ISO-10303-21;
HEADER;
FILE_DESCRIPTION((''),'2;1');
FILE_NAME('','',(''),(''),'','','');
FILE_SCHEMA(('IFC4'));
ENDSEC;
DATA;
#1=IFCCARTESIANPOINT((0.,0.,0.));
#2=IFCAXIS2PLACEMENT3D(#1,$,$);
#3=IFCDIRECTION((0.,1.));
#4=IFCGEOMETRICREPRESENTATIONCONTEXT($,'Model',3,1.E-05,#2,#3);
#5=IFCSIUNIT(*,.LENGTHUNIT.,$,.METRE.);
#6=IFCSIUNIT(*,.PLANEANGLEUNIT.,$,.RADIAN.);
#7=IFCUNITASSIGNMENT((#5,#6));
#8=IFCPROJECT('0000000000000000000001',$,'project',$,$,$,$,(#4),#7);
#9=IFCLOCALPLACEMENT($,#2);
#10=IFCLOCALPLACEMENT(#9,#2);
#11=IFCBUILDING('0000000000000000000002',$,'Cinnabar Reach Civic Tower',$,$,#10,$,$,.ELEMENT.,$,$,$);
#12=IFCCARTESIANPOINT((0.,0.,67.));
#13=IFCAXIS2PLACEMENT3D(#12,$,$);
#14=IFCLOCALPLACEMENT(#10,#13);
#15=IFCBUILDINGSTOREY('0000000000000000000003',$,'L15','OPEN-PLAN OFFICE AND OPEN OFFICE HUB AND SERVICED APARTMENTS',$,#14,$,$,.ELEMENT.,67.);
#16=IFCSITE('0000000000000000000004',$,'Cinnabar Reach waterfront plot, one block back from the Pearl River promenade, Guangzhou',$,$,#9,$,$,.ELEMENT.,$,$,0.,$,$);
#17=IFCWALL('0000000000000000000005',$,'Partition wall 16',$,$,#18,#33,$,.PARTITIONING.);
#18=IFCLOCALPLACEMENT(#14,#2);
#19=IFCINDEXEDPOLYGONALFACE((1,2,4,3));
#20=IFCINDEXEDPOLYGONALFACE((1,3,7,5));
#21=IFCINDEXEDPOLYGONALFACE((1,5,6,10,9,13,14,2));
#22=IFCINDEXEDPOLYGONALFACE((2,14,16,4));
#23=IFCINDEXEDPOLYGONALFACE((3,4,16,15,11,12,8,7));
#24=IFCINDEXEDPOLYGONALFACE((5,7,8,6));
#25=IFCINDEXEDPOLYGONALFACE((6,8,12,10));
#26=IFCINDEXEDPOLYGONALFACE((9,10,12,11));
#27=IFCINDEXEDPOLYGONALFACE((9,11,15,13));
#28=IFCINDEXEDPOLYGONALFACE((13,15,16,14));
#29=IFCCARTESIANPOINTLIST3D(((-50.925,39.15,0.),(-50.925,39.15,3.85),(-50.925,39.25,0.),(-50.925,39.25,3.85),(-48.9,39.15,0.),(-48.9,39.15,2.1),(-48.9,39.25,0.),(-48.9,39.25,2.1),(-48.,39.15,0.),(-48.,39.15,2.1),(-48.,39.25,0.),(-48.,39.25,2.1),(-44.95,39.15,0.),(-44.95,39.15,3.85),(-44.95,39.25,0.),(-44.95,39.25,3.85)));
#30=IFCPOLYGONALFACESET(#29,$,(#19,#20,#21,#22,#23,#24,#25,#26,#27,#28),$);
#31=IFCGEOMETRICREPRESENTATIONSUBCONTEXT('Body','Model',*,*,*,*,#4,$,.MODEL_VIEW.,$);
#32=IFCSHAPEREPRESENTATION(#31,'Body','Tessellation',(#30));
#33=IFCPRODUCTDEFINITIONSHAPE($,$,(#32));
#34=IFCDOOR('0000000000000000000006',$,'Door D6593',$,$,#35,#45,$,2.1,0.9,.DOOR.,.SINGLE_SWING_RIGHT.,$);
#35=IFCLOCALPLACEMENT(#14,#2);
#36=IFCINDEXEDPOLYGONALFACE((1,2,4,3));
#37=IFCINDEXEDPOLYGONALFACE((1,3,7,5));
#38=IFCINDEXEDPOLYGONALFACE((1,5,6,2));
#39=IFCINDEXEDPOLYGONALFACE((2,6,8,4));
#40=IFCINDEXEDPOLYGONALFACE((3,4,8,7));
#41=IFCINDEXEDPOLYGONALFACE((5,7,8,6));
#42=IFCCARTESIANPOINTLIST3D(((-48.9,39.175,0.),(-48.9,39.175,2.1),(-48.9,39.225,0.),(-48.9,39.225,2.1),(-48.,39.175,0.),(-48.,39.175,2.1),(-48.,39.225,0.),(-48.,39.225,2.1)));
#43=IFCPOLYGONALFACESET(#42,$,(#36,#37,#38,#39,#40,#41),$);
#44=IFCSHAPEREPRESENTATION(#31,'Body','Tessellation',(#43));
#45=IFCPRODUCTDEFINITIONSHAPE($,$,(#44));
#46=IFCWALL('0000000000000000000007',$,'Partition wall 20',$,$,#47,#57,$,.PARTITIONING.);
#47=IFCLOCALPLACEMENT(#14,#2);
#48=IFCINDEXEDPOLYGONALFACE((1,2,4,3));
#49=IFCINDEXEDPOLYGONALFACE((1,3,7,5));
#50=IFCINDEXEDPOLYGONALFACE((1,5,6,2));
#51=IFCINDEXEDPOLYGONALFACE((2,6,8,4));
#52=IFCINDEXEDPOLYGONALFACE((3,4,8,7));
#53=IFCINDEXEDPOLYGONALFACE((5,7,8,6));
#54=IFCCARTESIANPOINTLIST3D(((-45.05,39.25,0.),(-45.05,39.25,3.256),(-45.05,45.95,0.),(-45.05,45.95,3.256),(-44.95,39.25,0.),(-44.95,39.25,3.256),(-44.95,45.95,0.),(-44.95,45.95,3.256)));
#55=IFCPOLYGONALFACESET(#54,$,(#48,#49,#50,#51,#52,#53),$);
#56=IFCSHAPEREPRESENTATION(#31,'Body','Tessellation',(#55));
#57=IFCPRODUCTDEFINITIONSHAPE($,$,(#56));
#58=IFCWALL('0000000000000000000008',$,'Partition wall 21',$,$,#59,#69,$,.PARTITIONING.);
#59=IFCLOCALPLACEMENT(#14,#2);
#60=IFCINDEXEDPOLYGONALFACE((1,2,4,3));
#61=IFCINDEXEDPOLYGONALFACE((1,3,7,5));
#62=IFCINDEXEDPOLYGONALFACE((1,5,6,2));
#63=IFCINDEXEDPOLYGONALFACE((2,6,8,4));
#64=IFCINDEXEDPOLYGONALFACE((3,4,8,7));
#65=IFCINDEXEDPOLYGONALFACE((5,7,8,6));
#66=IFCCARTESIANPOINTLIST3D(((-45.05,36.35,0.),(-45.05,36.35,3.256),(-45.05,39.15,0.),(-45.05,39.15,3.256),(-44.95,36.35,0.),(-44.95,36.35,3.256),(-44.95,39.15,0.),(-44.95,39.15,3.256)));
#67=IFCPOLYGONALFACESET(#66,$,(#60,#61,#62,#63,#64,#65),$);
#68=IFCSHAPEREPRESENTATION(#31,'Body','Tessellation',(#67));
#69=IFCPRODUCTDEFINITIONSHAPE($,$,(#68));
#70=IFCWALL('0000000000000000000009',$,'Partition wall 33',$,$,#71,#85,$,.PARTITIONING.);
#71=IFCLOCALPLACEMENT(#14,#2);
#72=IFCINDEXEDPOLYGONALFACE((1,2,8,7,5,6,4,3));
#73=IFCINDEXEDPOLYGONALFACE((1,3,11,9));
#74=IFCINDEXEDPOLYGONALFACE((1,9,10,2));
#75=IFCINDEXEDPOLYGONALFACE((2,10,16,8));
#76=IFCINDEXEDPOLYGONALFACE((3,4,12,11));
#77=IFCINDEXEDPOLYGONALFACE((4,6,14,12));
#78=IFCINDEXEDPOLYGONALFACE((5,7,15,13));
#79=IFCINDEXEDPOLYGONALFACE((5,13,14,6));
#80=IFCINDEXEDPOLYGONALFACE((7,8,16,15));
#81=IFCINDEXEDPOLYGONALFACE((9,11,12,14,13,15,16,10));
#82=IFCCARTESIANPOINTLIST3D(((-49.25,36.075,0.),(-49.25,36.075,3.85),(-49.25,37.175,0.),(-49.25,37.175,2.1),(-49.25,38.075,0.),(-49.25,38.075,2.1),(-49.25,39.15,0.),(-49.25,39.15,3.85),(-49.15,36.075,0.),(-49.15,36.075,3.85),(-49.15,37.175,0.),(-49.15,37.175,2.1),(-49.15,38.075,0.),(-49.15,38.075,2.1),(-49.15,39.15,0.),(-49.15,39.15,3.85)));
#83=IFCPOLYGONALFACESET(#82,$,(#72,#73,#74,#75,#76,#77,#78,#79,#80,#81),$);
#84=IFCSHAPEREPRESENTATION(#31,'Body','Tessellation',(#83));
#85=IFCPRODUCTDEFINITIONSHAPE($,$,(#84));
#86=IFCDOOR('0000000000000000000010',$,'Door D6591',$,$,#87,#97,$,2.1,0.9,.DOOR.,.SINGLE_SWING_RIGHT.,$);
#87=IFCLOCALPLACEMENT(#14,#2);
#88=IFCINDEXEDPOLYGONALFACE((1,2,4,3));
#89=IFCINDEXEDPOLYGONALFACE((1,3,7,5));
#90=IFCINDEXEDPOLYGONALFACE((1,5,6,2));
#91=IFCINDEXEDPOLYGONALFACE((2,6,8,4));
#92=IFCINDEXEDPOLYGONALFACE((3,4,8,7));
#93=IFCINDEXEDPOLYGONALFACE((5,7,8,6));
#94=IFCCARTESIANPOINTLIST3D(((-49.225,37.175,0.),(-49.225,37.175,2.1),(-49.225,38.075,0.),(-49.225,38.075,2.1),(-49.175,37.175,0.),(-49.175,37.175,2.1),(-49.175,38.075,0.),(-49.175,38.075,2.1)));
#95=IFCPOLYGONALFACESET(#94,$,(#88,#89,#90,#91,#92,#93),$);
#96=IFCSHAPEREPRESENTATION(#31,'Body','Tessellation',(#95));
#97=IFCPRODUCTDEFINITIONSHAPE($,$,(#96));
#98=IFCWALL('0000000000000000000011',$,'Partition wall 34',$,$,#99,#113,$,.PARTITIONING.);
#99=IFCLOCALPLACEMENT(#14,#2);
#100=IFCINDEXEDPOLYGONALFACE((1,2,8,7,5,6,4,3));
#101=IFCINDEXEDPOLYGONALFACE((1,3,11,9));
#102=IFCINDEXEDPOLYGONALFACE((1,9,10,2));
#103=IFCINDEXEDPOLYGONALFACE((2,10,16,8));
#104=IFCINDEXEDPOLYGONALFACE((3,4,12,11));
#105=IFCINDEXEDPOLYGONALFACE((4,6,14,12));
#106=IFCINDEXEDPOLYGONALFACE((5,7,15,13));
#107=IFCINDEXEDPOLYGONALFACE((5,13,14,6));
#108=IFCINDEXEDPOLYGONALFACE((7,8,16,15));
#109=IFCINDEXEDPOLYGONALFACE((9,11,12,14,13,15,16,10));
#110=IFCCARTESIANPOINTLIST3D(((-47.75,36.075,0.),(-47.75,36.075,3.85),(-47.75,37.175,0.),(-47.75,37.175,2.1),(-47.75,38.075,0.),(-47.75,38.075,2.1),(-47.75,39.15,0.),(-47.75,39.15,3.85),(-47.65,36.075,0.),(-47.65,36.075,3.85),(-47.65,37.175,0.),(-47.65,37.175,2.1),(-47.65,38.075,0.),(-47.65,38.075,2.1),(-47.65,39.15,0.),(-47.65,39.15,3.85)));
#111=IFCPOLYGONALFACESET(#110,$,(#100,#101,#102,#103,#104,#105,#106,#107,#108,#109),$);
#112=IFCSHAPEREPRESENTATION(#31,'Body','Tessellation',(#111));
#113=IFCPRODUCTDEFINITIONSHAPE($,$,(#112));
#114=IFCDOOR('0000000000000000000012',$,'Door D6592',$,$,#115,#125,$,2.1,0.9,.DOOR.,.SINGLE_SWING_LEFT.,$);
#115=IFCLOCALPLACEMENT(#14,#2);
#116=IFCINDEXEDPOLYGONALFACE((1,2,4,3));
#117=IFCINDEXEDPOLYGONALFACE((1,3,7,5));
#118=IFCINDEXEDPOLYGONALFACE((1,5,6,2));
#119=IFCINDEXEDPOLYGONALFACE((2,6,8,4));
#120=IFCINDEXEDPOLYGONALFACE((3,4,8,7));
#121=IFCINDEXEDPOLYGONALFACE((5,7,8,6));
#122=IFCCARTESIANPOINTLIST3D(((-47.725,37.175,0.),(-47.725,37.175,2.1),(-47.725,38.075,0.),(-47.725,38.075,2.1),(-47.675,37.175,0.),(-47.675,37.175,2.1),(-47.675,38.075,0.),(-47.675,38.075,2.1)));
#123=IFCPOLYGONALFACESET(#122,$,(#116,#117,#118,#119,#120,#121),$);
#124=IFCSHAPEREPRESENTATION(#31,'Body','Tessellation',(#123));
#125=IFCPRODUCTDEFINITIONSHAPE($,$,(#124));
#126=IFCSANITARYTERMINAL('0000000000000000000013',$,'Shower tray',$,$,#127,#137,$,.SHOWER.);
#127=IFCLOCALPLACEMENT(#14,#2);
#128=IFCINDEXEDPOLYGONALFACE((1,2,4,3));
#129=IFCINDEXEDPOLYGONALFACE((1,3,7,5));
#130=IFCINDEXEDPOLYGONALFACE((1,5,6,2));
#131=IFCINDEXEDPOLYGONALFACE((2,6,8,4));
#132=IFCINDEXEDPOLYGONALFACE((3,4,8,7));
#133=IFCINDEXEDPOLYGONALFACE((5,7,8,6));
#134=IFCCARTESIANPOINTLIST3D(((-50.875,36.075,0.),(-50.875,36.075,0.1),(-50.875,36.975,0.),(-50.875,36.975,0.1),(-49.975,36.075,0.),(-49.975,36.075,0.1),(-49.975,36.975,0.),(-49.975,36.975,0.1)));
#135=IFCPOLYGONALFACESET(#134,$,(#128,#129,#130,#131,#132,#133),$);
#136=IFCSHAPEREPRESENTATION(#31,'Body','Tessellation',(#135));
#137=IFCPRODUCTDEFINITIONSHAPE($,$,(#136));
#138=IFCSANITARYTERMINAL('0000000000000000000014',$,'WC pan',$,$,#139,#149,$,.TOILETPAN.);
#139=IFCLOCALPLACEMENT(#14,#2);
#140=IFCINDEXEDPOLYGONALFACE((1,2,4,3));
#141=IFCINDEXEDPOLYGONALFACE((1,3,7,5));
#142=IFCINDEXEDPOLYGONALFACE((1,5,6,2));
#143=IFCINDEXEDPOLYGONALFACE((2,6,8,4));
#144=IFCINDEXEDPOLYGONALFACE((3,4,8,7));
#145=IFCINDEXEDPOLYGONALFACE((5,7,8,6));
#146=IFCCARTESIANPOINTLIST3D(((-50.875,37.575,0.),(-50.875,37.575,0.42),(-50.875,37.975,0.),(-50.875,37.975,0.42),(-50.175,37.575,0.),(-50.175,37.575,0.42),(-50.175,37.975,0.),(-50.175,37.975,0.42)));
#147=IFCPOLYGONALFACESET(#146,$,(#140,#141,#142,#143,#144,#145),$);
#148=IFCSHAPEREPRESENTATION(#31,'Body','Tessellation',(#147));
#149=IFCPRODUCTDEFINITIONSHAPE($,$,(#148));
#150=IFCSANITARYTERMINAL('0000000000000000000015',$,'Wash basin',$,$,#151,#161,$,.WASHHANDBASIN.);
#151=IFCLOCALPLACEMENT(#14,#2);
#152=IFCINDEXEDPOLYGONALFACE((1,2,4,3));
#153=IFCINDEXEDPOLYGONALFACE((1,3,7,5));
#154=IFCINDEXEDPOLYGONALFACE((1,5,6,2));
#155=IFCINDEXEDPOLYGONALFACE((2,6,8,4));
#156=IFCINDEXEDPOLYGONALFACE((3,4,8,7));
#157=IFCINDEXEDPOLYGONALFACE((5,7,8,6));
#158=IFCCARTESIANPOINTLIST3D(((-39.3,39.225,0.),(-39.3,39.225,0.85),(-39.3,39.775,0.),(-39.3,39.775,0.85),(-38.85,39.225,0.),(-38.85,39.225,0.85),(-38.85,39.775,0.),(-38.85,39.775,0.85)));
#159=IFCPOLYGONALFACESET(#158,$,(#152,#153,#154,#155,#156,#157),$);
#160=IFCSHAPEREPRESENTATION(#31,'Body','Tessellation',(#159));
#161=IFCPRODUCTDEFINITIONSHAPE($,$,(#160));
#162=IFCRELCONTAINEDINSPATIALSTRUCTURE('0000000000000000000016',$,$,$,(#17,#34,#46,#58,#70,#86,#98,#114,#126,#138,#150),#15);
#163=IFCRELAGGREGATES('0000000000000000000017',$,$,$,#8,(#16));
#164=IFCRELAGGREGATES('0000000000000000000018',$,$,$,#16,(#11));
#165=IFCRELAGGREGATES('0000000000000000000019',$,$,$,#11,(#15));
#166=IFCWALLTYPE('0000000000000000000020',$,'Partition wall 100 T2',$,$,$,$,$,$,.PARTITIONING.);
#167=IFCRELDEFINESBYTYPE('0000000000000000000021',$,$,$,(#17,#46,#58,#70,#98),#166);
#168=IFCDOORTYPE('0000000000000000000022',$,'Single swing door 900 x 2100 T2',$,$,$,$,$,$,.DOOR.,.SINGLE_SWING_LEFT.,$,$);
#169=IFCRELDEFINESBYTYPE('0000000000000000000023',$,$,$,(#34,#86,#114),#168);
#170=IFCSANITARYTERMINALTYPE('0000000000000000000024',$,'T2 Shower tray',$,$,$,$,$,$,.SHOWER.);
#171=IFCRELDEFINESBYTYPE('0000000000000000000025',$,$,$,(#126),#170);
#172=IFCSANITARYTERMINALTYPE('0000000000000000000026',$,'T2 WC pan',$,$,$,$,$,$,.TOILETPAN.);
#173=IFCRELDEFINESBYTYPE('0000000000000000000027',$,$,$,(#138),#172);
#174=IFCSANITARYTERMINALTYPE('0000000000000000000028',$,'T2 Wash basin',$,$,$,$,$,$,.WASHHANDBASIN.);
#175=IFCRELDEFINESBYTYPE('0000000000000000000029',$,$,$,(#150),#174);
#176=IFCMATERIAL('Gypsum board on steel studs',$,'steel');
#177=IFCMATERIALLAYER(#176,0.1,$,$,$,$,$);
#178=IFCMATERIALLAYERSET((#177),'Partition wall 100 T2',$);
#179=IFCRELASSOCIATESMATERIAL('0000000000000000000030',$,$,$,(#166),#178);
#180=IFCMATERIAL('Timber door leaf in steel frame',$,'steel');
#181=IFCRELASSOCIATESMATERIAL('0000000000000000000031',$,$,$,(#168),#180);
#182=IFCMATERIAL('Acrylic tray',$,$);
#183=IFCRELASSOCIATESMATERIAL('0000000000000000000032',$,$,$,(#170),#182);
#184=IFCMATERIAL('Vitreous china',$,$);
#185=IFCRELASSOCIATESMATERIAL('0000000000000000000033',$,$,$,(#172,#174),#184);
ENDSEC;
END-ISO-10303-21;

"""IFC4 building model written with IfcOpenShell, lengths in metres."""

from ifc_helpers import new_model, si_unit, direction, frame, frame_2d, origin, origin_2d, place, context, subcontext, project, spatial, rectangle, extrude, material, layer, layer_set, type_object, element, fill, save


model = new_model("IFC4")

# Units and contexts
model_context = context("Model", 3, precision=1e-05, world=origin(), true_north=direction((0.0, 1.0)))
body_context = subcontext(model_context, "Body", "Model", "MODEL_VIEW")
ifc_project = project(units=[si_unit("LENGTHUNIT", "METRE"), si_unit("PLANEANGLEUNIT", "RADIAN")], contexts=[model_context])

# Site, building, storey
site_placement = place(None, origin())
site = spatial("IfcSite", under=ifc_project, at=site_placement, Name="Cinnabar Reach waterfront plot, one block back from the Pearl River promenade, Guangzhou", CompositionType="ELEMENT", RefElevation=0.0)
building_placement = place(site_placement, origin())
building = spatial("IfcBuilding", under=site, at=building_placement, Name="Cinnabar Reach Civic Tower", CompositionType="ELEMENT")
storey_placement = place(building_placement, frame((0.0, 0.0, 67.0)))
storey = spatial("IfcBuildingStorey", under=building, at=storey_placement, Name="L15", Description="OPEN-PLAN OFFICE AND OPEN OFFICE HUB AND SERVICED APARTMENTS", CompositionType="ELEMENT", Elevation=67.0)

# Wall, opening, door
ifc_material_1 = material(Name="Gypsum board on steel studs", Category="steel")
ifc_layer_1 = layer(ifc_material_1, 0.1)
ifc_layer_set_1 = layer_set([ifc_layer_1], Name="Partition wall 100 T2")
wall_type_1 = type_object("IfcWallType", Name="Partition wall 100 T2", PredefinedType="PARTITIONING", material=ifc_layer_set_1)
wall_1_placement = place(storey_placement, frame((-50.925, 39.2, 0.0), z_axis=(0.0, 0.0, 1.0), x_axis=(1.0, 0.0, 0.0)))
wall_1 = element("IfcWall", 1, at=wall_1_placement, inside=storey, type_object=wall_type_1, Name="Partition wall 16", PredefinedType="PARTITIONING", context=body_context, shape_type="SweptSolid", body=[
    extrude(rectangle(XDim=5.975, YDim=0.1, at=frame_2d((2.9875, 0.0))), origin(), (0.0, 0.0, 1.0), 3.85),
])
opening_1_placement = place(wall_1_placement, frame((2.025, 0.0, 0.0)))
opening_1 = element("IfcOpeningElement", 2, at=opening_1_placement, cuts=wall_1, PredefinedType="OPENING", context=body_context, shape_type="SweptSolid", body=[
    extrude(rectangle(XDim=0.9, YDim=2.1, at=frame_2d((0.45, 1.05))), frame((0.0, 0.06, 0.0), z_axis=(0.0, -1.0, 0.0), x_axis=(1.0, 0.0, 0.0)), (0.0, 0.0, 1.0), 0.12),
])
ifc_material_2 = material(Name="Timber door leaf in steel frame", Category="steel")
door_type_1 = type_object("IfcDoorType", Name="Single swing door 900 x 2100 T2", OperationType="SINGLE_SWING_LEFT", PredefinedType="DOOR", material=ifc_material_2)
door_1_placement = place(opening_1_placement, frame((0.9, 0.0, 0.0), z_axis=(0.0, 0.0, 1.0), x_axis=(-1.0, 0.0, 0.0)))
door_1 = element("IfcDoor", 3, at=door_1_placement, inside=storey, type_object=door_type_1, Name="Door D6593", OperationType="SINGLE_SWING_RIGHT", OverallHeight=2.1, OverallWidth=0.9, PredefinedType="DOOR", context=body_context, shape_type="SweptSolid", body=[
    extrude(rectangle(XDim=0.9, YDim=2.1, at=frame_2d((0.45, 1.05))), frame((0.0, 0.025, 0.0), z_axis=(0.0, -1.0, 0.0), x_axis=(1.0, 0.0, 0.0)), (0.0, 0.0, 1.0), 0.05),
])
fill(opening_1, door_1)

# Walls
wall_2_placement = place(storey_placement, frame((-45.0, 39.25, 0.0), z_axis=(0.0, 0.0, 1.0), x_axis=(0.0, 1.0, 0.0)))
element("IfcWall", 4, at=wall_2_placement, inside=storey, type_object=wall_type_1, Name="Partition wall 20", PredefinedType="PARTITIONING", context=body_context, shape_type="SweptSolid", body=[
    extrude(rectangle(XDim=6.7, YDim=0.1, at=frame_2d((3.35, 0.0))), origin(), (0.0, 0.0, 1.0), 3.256),
])
wall_3_placement = place(storey_placement, frame((-45.0, 36.35, 0.0), z_axis=(0.0, 0.0, 1.0), x_axis=(0.0, 1.0, 0.0)))
element("IfcWall", 5, at=wall_3_placement, inside=storey, type_object=wall_type_1, Name="Partition wall 21", PredefinedType="PARTITIONING", context=body_context, shape_type="SweptSolid", body=[
    extrude(rectangle(XDim=2.8, YDim=0.1, at=frame_2d((1.4, 0.0))), origin(), (0.0, 0.0, 1.0), 3.256),
])

# Walls, openings, doors
wall_4_placement = place(storey_placement, frame((-49.2, 36.075, 0.0), z_axis=(0.0, 0.0, 1.0), x_axis=(0.0, 1.0, 0.0)))
wall_4 = element("IfcWall", 6, at=wall_4_placement, inside=storey, type_object=wall_type_1, Name="Partition wall 33", PredefinedType="PARTITIONING", context=body_context, shape_type="SweptSolid", body=[
    extrude(rectangle(XDim=3.075, YDim=0.1, at=frame_2d((1.5375, 0.0))), origin(), (0.0, 0.0, 1.0), 3.85),
])
opening_2_placement = place(wall_4_placement, frame((1.1, 0.0, 0.0)))
opening_2 = element("IfcOpeningElement", 7, at=opening_2_placement, cuts=wall_4, PredefinedType="OPENING", context=body_context, shape_type="SweptSolid", body=[
    extrude(rectangle(XDim=0.9, YDim=2.1, at=frame_2d((0.45, 1.05))), frame((0.0, 0.06, 0.0), z_axis=(0.0, -1.0, 0.0), x_axis=(1.0, 0.0, 0.0)), (0.0, 0.0, 1.0), 0.12),
])
door_2_placement = place(opening_2_placement, origin())
door_2 = element("IfcDoor", 8, at=door_2_placement, inside=storey, type_object=door_type_1, Name="Door D6591", OperationType="SINGLE_SWING_RIGHT", OverallHeight=2.1, OverallWidth=0.9, PredefinedType="DOOR", context=body_context, shape_type="SweptSolid", body=[
    extrude(rectangle(XDim=0.9, YDim=2.1, at=frame_2d((0.45, 1.05))), frame((0.0, 0.025, 0.0), z_axis=(0.0, -1.0, 0.0), x_axis=(1.0, 0.0, 0.0)), (0.0, 0.0, 1.0), 0.05),
])
fill(opening_2, door_2)
wall_5_placement = place(storey_placement, frame((-47.7, 36.075, 0.0), z_axis=(0.0, 0.0, 1.0), x_axis=(0.0, 1.0, 0.0)))
wall_5 = element("IfcWall", 9, at=wall_5_placement, inside=storey, type_object=wall_type_1, Name="Partition wall 34", PredefinedType="PARTITIONING", context=body_context, shape_type="SweptSolid", body=[
    extrude(rectangle(XDim=3.075, YDim=0.1, at=frame_2d((1.5375, 0.0))), origin(), (0.0, 0.0, 1.0), 3.85),
])
opening_3_placement = place(wall_5_placement, frame((1.1, 0.0, 0.0)))
opening_3 = element("IfcOpeningElement", 10, at=opening_3_placement, cuts=wall_5, PredefinedType="OPENING", context=body_context, shape_type="SweptSolid", body=[
    extrude(rectangle(XDim=0.9, YDim=2.1, at=frame_2d((0.45, 1.05))), frame((0.0, 0.06, 0.0), z_axis=(0.0, -1.0, 0.0), x_axis=(1.0, 0.0, 0.0)), (0.0, 0.0, 1.0), 0.12),
])
door_3_placement = place(opening_3_placement, origin())
door_3 = element("IfcDoor", 11, at=door_3_placement, inside=storey, type_object=door_type_1, Name="Door D6592", OperationType="SINGLE_SWING_LEFT", OverallHeight=2.1, OverallWidth=0.9, PredefinedType="DOOR", context=body_context, shape_type="SweptSolid", body=[
    extrude(rectangle(XDim=0.9, YDim=2.1, at=frame_2d((0.45, 1.05))), frame((0.0, 0.025, 0.0), z_axis=(0.0, -1.0, 0.0), x_axis=(1.0, 0.0, 0.0)), (0.0, 0.0, 1.0), 0.05),
])
fill(opening_3, door_3)

# Sanitary terminals
ifc_material_3 = material(Name="Acrylic tray")
sanitary_terminal_type_1 = type_object("IfcSanitaryTerminalType", Name="T2 Shower tray", PredefinedType="SHOWER", material=ifc_material_3)
sanitary_terminal_1_placement = place(storey_placement, frame((-50.425, 36.525, 0.0), z_axis=(0.0, 0.0, 1.0), x_axis=(1.0, 0.0, 0.0)))
element("IfcSanitaryTerminal", 12, at=sanitary_terminal_1_placement, inside=storey, type_object=sanitary_terminal_type_1, Name="Shower tray", PredefinedType="SHOWER", context=body_context, shape_type="SweptSolid", body=[
    extrude(rectangle(XDim=0.9, YDim=0.9, at=origin_2d()), origin(), (0.0, 0.0, 1.0), 0.1),
])
ifc_material_4 = material(Name="Vitreous china")
sanitary_terminal_type_2 = type_object("IfcSanitaryTerminalType", Name="T2 WC pan", PredefinedType="TOILETPAN", material=ifc_material_4)
sanitary_terminal_2_placement = place(storey_placement, frame((-50.525, 37.775, 0.0), z_axis=(0.0, 0.0, 1.0), x_axis=(1.0, 0.0, 0.0)))
element("IfcSanitaryTerminal", 13, at=sanitary_terminal_2_placement, inside=storey, type_object=sanitary_terminal_type_2, Name="WC pan", PredefinedType="TOILETPAN", context=body_context, shape_type="SweptSolid", body=[
    extrude(rectangle(XDim=0.7, YDim=0.4, at=origin_2d()), origin(), (0.0, 0.0, 1.0), 0.42),
])
sanitary_terminal_type_3 = type_object("IfcSanitaryTerminalType", Name="T2 Wash basin", PredefinedType="WASHHANDBASIN", material=ifc_material_4)
sanitary_terminal_3_placement = place(storey_placement, frame((-39.075, 39.5, 0.0), z_axis=(0.0, 0.0, 1.0), x_axis=(1.0, 0.0, 0.0)))
element("IfcSanitaryTerminal", 14, at=sanitary_terminal_3_placement, inside=storey, type_object=sanitary_terminal_type_3, Name="Wash basin", PredefinedType="WASHHANDBASIN", context=body_context, shape_type="SweptSolid", body=[
    extrude(rectangle(XDim=0.45, YDim=0.55, at=origin_2d()), origin(), (0.0, 0.0, 1.0), 0.85),
])

save(model, "model.ifc")
